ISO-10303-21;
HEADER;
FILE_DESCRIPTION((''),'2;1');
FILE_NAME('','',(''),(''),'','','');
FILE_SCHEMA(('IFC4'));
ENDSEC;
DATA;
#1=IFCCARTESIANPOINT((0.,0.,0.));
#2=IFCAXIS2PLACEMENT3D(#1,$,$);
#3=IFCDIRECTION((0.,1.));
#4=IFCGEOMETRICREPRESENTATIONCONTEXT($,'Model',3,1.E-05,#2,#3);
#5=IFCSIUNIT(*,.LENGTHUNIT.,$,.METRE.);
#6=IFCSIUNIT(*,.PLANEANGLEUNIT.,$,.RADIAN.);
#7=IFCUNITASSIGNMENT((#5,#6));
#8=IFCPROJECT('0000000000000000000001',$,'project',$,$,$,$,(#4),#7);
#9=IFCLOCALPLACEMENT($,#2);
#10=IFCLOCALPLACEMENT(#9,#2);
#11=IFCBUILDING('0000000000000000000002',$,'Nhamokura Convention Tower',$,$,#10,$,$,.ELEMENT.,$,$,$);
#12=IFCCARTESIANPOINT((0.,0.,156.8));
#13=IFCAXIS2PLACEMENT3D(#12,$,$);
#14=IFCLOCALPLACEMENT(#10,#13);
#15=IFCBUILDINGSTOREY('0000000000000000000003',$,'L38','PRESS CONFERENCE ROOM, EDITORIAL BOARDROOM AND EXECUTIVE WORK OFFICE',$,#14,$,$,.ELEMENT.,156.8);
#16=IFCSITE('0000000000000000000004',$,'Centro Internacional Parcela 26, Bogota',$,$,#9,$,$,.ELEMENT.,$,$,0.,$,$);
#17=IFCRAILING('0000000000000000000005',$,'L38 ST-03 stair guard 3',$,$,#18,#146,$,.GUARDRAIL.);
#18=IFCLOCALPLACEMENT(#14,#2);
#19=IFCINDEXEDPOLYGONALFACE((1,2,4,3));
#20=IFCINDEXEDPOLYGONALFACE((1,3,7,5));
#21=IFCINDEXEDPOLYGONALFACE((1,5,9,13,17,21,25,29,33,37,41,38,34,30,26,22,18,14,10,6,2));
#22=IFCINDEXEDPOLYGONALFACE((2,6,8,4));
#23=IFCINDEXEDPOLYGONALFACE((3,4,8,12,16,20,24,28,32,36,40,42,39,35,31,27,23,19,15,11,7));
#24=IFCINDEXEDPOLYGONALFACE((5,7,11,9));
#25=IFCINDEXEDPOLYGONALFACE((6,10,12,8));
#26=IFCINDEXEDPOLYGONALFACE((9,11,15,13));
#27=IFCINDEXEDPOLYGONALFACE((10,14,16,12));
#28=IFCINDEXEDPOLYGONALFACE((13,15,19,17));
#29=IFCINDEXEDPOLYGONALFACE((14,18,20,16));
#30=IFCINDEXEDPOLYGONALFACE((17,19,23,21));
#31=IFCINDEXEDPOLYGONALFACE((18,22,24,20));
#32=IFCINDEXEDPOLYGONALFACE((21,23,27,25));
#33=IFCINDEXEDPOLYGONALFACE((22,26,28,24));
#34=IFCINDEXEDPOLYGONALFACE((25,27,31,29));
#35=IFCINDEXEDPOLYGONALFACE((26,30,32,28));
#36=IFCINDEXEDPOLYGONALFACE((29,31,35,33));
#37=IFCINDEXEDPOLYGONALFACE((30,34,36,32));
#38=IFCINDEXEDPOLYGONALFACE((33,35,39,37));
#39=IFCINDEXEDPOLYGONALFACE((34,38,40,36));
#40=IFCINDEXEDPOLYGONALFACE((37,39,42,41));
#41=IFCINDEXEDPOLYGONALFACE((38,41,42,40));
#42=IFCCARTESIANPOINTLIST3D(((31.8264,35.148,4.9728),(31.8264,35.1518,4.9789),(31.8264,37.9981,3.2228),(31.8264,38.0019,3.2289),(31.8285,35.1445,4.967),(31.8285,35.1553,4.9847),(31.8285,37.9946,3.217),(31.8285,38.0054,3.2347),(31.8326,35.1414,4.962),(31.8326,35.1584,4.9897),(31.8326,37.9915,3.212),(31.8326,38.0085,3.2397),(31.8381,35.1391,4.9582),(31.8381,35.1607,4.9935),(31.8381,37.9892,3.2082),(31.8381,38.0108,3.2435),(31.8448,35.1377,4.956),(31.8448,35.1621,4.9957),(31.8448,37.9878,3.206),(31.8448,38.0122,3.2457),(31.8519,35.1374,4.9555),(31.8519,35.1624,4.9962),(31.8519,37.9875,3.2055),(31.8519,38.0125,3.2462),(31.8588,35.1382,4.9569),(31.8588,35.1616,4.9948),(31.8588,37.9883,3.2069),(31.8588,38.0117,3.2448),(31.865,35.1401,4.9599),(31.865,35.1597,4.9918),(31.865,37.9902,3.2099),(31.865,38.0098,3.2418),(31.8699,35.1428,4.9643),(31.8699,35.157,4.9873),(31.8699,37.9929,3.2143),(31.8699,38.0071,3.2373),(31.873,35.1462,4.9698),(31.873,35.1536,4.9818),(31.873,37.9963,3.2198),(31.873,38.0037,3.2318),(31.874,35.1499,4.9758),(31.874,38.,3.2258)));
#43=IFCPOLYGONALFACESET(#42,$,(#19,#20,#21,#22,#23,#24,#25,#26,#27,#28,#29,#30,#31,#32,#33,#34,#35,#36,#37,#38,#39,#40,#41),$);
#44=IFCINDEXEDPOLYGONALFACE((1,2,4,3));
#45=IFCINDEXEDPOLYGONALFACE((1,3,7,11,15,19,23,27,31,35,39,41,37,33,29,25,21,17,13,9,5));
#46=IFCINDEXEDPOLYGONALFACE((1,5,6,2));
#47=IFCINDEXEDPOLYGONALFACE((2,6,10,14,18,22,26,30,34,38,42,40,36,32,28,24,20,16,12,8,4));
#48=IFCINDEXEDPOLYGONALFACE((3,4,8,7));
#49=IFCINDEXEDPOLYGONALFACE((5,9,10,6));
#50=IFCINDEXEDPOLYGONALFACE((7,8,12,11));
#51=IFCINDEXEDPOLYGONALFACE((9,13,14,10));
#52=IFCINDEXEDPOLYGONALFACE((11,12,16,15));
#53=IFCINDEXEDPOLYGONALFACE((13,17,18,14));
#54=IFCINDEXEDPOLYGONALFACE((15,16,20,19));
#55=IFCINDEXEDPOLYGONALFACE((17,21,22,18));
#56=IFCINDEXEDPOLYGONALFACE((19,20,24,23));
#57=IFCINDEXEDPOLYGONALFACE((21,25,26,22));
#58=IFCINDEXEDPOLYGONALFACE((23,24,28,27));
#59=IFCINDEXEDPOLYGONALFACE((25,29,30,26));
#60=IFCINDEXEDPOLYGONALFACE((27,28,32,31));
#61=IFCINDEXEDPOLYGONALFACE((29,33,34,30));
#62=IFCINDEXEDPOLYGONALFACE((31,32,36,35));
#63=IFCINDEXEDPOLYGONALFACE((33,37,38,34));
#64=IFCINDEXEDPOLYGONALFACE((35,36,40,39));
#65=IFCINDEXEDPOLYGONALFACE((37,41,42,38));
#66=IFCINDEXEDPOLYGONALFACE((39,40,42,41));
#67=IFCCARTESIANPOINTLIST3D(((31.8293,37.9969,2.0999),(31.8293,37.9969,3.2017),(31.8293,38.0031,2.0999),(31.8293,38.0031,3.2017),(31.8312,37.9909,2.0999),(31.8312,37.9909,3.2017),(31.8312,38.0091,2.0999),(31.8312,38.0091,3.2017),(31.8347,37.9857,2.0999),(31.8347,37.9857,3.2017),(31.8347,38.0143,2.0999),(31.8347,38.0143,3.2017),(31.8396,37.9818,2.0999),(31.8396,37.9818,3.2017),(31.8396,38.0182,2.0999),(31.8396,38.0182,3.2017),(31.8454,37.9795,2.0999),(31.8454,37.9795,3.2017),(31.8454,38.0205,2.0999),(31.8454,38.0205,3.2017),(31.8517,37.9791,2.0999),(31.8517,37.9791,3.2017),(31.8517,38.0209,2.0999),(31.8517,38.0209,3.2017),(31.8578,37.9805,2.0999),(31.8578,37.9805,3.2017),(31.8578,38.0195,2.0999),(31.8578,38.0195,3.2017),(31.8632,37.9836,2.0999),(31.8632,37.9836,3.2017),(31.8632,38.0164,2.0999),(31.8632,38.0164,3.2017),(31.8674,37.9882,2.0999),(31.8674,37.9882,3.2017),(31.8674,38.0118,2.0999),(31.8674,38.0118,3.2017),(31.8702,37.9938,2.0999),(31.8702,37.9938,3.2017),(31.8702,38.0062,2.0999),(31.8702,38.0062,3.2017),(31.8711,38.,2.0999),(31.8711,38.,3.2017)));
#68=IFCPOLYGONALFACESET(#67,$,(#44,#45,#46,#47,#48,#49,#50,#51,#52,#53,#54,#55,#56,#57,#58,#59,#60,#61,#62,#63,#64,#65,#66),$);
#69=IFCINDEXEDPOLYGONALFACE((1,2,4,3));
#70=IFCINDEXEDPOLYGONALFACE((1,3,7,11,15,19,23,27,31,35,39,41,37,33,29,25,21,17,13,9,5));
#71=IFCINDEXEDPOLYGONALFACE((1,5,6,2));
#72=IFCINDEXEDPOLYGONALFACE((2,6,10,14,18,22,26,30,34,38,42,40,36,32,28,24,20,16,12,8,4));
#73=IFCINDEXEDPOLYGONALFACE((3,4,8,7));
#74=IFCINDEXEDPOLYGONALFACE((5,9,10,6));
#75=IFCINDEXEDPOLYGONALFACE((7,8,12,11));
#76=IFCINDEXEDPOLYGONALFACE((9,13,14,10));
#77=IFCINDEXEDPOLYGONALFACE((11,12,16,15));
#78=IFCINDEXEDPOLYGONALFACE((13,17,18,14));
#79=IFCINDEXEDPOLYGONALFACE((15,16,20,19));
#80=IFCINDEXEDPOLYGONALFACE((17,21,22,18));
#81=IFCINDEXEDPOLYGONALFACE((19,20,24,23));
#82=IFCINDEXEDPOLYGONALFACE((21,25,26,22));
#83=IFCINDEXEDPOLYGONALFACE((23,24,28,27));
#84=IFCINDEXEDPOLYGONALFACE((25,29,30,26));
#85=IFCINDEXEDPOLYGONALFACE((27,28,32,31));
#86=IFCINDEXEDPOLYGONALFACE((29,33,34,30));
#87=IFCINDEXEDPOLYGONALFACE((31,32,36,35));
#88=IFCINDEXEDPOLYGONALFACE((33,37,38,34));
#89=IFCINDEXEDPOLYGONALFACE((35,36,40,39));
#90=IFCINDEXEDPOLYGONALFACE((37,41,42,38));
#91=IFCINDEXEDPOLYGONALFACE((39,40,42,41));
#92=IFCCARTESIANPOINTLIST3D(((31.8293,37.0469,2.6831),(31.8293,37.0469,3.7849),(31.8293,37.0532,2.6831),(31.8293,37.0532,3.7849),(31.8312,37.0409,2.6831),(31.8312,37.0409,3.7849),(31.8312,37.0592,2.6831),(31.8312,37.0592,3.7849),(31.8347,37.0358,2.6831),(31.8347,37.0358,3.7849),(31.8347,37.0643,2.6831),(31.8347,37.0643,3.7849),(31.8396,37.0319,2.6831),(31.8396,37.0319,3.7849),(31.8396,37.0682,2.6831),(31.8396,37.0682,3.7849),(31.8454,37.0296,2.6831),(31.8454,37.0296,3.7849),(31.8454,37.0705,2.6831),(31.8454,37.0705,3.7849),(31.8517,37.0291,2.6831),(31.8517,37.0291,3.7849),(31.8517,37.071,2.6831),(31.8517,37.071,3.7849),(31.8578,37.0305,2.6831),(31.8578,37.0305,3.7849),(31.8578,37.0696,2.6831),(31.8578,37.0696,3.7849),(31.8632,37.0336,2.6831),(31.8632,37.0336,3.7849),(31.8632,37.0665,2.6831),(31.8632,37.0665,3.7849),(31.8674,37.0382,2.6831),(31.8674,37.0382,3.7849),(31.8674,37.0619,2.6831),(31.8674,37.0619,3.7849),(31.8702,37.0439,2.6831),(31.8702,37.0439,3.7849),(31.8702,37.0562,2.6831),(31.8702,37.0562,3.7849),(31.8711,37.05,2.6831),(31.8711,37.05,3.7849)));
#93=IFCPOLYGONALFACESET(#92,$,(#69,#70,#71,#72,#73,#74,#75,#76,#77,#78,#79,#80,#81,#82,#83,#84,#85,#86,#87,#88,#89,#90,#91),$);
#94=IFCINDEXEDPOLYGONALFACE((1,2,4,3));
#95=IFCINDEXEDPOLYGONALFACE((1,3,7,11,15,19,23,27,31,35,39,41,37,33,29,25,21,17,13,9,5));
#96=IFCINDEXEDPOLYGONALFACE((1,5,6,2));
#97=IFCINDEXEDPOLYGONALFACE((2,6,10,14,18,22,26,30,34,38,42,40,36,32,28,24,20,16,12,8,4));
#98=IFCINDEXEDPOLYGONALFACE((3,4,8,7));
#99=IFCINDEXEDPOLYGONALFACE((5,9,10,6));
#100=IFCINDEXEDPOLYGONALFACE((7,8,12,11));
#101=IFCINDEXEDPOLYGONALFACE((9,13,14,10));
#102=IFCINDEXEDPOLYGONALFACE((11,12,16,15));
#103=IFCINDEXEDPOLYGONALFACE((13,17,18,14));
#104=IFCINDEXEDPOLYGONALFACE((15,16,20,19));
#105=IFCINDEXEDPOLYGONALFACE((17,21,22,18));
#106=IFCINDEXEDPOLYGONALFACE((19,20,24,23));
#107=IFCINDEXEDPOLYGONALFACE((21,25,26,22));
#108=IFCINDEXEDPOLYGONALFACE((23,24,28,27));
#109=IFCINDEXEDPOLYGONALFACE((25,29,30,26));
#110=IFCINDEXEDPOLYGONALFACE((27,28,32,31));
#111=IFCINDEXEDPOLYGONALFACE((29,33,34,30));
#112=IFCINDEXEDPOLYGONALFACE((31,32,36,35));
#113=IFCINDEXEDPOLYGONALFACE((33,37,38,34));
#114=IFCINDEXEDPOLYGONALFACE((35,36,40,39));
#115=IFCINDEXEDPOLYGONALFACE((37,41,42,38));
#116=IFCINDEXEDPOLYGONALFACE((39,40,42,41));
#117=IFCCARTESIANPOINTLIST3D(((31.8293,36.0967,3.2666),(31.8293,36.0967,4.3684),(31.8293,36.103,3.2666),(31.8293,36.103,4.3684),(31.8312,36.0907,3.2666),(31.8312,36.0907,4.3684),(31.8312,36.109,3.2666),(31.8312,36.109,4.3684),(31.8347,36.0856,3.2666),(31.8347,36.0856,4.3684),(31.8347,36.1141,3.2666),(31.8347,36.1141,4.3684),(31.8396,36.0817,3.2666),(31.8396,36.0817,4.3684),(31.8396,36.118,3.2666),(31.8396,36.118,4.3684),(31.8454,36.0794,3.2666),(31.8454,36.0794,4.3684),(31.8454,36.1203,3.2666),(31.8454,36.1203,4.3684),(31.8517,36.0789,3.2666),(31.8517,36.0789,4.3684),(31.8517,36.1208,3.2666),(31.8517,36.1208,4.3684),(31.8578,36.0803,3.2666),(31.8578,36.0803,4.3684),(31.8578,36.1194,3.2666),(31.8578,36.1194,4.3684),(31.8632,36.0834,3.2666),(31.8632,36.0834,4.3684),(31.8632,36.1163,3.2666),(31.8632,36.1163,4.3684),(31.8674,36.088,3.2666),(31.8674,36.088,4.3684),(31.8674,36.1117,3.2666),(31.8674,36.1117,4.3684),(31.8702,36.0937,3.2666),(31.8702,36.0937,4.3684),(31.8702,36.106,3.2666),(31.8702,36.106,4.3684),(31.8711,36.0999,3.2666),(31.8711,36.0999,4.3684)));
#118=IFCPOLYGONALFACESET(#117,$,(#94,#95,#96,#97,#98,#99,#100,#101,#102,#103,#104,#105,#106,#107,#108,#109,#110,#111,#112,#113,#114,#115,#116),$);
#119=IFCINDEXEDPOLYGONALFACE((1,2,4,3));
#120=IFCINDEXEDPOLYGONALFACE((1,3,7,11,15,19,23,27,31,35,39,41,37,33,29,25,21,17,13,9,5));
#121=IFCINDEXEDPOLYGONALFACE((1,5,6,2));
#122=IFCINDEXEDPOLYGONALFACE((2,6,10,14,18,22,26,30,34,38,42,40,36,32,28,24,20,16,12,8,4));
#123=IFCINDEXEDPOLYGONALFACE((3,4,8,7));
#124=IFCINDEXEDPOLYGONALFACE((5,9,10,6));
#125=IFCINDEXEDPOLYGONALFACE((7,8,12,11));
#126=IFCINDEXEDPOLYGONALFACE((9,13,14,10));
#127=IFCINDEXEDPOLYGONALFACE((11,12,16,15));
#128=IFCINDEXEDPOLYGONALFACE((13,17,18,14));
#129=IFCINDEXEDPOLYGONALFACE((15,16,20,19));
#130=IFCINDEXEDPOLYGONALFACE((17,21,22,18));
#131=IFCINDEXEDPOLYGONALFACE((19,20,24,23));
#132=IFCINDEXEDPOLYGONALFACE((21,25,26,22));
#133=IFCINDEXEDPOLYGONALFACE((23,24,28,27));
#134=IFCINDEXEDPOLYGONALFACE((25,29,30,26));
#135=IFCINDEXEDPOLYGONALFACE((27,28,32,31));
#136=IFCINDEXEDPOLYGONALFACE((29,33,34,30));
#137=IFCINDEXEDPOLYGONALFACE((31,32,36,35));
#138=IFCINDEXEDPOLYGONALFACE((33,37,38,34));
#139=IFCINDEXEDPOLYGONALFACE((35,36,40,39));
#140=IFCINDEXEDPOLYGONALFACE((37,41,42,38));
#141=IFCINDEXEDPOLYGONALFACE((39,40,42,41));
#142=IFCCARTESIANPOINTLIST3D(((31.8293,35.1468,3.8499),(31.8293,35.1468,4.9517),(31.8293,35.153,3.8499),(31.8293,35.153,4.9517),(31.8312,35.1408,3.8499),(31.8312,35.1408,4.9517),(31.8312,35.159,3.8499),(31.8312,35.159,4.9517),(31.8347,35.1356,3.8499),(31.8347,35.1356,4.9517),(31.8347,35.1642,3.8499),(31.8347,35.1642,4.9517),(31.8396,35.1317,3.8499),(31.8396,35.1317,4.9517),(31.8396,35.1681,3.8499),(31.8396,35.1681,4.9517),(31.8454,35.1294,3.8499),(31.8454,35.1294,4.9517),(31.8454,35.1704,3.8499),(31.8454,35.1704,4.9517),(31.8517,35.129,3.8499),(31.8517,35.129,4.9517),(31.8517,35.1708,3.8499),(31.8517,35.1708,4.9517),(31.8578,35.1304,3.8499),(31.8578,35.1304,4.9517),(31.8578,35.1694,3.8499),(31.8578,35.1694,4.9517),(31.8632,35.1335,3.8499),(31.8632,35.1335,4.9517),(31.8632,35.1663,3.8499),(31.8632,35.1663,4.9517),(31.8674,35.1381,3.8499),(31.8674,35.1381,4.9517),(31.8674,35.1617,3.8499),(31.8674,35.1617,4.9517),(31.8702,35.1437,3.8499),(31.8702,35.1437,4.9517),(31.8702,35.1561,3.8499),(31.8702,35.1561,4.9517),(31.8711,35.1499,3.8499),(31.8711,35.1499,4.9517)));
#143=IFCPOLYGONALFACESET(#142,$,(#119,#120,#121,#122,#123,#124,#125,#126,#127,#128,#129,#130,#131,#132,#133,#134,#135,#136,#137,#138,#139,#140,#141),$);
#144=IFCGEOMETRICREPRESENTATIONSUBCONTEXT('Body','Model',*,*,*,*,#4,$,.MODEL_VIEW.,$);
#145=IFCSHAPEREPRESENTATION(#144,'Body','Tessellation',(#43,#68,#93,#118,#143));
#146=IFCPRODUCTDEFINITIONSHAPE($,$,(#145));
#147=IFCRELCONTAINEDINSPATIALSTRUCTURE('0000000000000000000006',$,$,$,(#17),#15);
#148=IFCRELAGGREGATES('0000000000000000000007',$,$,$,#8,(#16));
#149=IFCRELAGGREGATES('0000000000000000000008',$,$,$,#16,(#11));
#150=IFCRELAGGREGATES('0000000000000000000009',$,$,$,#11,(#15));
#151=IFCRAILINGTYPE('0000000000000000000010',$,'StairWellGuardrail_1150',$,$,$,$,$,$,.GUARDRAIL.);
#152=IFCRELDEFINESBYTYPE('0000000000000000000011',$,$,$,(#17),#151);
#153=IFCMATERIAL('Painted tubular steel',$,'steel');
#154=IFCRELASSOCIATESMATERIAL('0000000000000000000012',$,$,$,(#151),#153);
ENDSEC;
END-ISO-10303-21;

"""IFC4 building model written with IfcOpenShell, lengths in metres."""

from ifc_helpers import new_model, si_unit, direction, frame, origin, origin_2d, place, context, subcontext, project, spatial, circle, extrude, material, type_object, element, save


model = new_model("IFC4")

# Units and contexts
model_context = context("Model", 3, precision=1e-05, world=origin(), true_north=direction((0.0, 1.0)))
body_context = subcontext(model_context, "Body", "Model", "MODEL_VIEW")
ifc_project = project(units=[si_unit("LENGTHUNIT", "METRE"), si_unit("PLANEANGLEUNIT", "RADIAN")], contexts=[model_context])

# Site, building, storey
site_placement = place(None, origin())
site = spatial("IfcSite", under=ifc_project, at=site_placement, Name="Centro Internacional Parcela 26, Bogota", CompositionType="ELEMENT", RefElevation=0.0)
building_placement = place(site_placement, origin())
building = spatial("IfcBuilding", under=site, at=building_placement, Name="Nhamokura Convention Tower", CompositionType="ELEMENT")
storey_placement = place(building_placement, frame((0.0, 0.0, 156.8)))
storey = spatial("IfcBuildingStorey", under=building, at=storey_placement, Name="L38", Description="PRESS CONFERENCE ROOM, EDITORIAL BOARDROOM AND EXECUTIVE WORK OFFICE", CompositionType="ELEMENT", Elevation=156.8)

# Railing
ifc_material_1 = material(Name="Painted tubular steel", Category="steel")
railing_type_1 = type_object("IfcRailingType", Name="StairWellGuardrail_1150", PredefinedType="GUARDRAIL", material=ifc_material_1)
railing_1_placement = place(storey_placement, frame((31.8501, 38.0, 2.0999)))
element("IfcRailing", 1, at=railing_1_placement, inside=storey, type_object=railing_type_1, Name="L38 ST-03 stair guard 3", PredefinedType="GUARDRAIL", context=body_context, shape_type="SweptSolid", body=[
    extrude(circle(Radius=0.0239, at=origin_2d()), frame((0.0, 0.0, 1.126), z_axis=(0.0, -0.852179, 0.52325), x_axis=(1.0, 0.0, 0.0)), (0.0, 0.0, 1.0), 3.3445),
    extrude(circle(Radius=0.021, at=origin_2d()), origin(), (0.0, 0.0, 1.0), 1.1018),
    extrude(circle(Radius=0.021, at=origin_2d()), frame((0.0, -0.95, 0.5833)), (0.0, 0.0, 1.0), 1.1018),
    extrude(circle(Radius=0.021, at=origin_2d()), frame((0.0, -1.9001, 1.1667)), (0.0, 0.0, 1.0), 1.1018),
    extrude(circle(Radius=0.021, at=origin_2d()), frame((0.0, -2.8501, 1.75)), (0.0, 0.0, 1.0), 1.1018),
])

save(model, "model.ifc")
